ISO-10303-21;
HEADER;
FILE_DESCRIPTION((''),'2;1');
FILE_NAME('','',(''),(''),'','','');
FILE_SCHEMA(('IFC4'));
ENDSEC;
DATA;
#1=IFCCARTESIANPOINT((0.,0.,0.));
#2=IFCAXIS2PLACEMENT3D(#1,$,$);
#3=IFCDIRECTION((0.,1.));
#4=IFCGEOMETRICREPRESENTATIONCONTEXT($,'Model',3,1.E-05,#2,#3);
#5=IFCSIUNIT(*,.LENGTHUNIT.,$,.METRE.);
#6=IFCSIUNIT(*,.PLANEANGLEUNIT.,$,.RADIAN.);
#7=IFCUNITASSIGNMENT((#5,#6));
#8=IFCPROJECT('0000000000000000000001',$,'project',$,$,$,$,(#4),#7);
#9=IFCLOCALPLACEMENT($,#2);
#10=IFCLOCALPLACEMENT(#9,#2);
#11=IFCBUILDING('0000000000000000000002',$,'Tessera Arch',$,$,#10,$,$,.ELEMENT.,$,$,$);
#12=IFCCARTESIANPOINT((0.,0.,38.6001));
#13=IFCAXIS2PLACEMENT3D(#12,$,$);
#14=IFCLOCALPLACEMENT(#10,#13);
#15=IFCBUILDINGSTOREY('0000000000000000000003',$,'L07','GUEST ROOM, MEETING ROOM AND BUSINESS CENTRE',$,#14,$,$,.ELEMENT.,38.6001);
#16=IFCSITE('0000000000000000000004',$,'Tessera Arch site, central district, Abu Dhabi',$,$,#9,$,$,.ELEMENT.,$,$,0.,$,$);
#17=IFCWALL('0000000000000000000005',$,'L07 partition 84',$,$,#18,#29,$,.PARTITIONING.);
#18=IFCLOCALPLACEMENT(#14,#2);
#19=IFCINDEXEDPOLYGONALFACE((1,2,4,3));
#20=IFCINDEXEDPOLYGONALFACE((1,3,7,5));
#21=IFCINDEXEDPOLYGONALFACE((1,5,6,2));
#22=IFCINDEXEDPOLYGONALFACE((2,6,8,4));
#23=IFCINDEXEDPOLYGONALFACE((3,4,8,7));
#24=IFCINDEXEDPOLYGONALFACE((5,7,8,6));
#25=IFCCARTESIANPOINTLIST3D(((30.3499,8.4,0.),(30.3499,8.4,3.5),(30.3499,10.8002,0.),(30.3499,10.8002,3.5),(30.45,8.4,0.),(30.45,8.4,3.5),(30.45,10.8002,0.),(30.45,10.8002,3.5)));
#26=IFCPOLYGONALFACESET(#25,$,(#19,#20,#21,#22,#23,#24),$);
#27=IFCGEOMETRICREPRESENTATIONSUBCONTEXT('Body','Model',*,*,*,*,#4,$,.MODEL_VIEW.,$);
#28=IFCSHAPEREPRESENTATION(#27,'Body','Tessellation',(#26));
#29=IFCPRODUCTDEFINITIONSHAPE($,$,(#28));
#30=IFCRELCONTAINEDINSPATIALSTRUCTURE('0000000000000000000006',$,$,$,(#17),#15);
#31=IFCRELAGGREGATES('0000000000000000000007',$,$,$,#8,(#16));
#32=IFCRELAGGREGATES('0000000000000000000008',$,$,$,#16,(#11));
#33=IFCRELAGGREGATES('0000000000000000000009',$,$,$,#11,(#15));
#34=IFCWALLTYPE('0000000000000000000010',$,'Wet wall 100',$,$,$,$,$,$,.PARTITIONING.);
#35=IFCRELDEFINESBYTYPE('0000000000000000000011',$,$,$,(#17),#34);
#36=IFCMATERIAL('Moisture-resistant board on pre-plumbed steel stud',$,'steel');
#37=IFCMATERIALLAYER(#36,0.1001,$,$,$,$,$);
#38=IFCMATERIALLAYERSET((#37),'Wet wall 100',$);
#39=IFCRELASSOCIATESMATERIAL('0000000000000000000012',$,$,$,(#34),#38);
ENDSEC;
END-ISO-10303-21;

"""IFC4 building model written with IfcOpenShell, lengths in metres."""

from ifc_helpers import new_model, si_unit, direction, frame, frame_2d, origin, place, context, subcontext, project, spatial, rectangle, extrude, material, layer, layer_set, type_object, element, save


model = new_model("IFC4")

# Units and contexts
model_context = context("Model", 3, precision=1e-05, world=origin(), true_north=direction((0.0, 1.0)))
body_context = subcontext(model_context, "Body", "Model", "MODEL_VIEW")
ifc_project = project(units=[si_unit("LENGTHUNIT", "METRE"), si_unit("PLANEANGLEUNIT", "RADIAN")], contexts=[model_context])

# Site, building, storey
site_placement = place(None, origin())
site = spatial("IfcSite", under=ifc_project, at=site_placement, Name="Tessera Arch site, central district, Abu Dhabi", CompositionType="ELEMENT", RefElevation=0.0)
building_placement = place(site_placement, origin())
building = spatial("IfcBuilding", under=site, at=building_placement, Name="Tessera Arch", CompositionType="ELEMENT")
storey_placement = place(building_placement, frame((0.0, 0.0, 38.6001)))
storey = spatial("IfcBuildingStorey", under=building, at=storey_placement, Name="L07", Description="GUEST ROOM, MEETING ROOM AND BUSINESS CENTRE", CompositionType="ELEMENT", Elevation=38.6001)

# Shared definitions
ifc_material_1 = material(Name="Moisture-resistant board on pre-plumbed steel stud", Category="steel")
ifc_layer_1 = layer(ifc_material_1, 0.1001)
ifc_layer_set_1 = layer_set([ifc_layer_1], Name="Wet wall 100")
wall_type_1 = type_object("IfcWallType", Name="Wet wall 100", PredefinedType="PARTITIONING", material=ifc_layer_set_1)

# Wall
wall_1_placement = place(storey_placement, frame((30.3999, 8.3999, 0.0), z_axis=(0.0, 0.0, 1.0), x_axis=(0.0, 1.0, 0.0)))
element("IfcWall", 1, at=wall_1_placement, inside=storey, type_object=wall_type_1, Name="L07 partition 84", PredefinedType="PARTITIONING", context=body_context, shape_type="SweptSolid", body=[
    extrude(rectangle(XDim=2.4001, YDim=0.1001, at=frame_2d((1.2002, 0.0))), origin(), (0.0, 0.0, 1.0), 3.5),
])

save(model, "model.ifc")
